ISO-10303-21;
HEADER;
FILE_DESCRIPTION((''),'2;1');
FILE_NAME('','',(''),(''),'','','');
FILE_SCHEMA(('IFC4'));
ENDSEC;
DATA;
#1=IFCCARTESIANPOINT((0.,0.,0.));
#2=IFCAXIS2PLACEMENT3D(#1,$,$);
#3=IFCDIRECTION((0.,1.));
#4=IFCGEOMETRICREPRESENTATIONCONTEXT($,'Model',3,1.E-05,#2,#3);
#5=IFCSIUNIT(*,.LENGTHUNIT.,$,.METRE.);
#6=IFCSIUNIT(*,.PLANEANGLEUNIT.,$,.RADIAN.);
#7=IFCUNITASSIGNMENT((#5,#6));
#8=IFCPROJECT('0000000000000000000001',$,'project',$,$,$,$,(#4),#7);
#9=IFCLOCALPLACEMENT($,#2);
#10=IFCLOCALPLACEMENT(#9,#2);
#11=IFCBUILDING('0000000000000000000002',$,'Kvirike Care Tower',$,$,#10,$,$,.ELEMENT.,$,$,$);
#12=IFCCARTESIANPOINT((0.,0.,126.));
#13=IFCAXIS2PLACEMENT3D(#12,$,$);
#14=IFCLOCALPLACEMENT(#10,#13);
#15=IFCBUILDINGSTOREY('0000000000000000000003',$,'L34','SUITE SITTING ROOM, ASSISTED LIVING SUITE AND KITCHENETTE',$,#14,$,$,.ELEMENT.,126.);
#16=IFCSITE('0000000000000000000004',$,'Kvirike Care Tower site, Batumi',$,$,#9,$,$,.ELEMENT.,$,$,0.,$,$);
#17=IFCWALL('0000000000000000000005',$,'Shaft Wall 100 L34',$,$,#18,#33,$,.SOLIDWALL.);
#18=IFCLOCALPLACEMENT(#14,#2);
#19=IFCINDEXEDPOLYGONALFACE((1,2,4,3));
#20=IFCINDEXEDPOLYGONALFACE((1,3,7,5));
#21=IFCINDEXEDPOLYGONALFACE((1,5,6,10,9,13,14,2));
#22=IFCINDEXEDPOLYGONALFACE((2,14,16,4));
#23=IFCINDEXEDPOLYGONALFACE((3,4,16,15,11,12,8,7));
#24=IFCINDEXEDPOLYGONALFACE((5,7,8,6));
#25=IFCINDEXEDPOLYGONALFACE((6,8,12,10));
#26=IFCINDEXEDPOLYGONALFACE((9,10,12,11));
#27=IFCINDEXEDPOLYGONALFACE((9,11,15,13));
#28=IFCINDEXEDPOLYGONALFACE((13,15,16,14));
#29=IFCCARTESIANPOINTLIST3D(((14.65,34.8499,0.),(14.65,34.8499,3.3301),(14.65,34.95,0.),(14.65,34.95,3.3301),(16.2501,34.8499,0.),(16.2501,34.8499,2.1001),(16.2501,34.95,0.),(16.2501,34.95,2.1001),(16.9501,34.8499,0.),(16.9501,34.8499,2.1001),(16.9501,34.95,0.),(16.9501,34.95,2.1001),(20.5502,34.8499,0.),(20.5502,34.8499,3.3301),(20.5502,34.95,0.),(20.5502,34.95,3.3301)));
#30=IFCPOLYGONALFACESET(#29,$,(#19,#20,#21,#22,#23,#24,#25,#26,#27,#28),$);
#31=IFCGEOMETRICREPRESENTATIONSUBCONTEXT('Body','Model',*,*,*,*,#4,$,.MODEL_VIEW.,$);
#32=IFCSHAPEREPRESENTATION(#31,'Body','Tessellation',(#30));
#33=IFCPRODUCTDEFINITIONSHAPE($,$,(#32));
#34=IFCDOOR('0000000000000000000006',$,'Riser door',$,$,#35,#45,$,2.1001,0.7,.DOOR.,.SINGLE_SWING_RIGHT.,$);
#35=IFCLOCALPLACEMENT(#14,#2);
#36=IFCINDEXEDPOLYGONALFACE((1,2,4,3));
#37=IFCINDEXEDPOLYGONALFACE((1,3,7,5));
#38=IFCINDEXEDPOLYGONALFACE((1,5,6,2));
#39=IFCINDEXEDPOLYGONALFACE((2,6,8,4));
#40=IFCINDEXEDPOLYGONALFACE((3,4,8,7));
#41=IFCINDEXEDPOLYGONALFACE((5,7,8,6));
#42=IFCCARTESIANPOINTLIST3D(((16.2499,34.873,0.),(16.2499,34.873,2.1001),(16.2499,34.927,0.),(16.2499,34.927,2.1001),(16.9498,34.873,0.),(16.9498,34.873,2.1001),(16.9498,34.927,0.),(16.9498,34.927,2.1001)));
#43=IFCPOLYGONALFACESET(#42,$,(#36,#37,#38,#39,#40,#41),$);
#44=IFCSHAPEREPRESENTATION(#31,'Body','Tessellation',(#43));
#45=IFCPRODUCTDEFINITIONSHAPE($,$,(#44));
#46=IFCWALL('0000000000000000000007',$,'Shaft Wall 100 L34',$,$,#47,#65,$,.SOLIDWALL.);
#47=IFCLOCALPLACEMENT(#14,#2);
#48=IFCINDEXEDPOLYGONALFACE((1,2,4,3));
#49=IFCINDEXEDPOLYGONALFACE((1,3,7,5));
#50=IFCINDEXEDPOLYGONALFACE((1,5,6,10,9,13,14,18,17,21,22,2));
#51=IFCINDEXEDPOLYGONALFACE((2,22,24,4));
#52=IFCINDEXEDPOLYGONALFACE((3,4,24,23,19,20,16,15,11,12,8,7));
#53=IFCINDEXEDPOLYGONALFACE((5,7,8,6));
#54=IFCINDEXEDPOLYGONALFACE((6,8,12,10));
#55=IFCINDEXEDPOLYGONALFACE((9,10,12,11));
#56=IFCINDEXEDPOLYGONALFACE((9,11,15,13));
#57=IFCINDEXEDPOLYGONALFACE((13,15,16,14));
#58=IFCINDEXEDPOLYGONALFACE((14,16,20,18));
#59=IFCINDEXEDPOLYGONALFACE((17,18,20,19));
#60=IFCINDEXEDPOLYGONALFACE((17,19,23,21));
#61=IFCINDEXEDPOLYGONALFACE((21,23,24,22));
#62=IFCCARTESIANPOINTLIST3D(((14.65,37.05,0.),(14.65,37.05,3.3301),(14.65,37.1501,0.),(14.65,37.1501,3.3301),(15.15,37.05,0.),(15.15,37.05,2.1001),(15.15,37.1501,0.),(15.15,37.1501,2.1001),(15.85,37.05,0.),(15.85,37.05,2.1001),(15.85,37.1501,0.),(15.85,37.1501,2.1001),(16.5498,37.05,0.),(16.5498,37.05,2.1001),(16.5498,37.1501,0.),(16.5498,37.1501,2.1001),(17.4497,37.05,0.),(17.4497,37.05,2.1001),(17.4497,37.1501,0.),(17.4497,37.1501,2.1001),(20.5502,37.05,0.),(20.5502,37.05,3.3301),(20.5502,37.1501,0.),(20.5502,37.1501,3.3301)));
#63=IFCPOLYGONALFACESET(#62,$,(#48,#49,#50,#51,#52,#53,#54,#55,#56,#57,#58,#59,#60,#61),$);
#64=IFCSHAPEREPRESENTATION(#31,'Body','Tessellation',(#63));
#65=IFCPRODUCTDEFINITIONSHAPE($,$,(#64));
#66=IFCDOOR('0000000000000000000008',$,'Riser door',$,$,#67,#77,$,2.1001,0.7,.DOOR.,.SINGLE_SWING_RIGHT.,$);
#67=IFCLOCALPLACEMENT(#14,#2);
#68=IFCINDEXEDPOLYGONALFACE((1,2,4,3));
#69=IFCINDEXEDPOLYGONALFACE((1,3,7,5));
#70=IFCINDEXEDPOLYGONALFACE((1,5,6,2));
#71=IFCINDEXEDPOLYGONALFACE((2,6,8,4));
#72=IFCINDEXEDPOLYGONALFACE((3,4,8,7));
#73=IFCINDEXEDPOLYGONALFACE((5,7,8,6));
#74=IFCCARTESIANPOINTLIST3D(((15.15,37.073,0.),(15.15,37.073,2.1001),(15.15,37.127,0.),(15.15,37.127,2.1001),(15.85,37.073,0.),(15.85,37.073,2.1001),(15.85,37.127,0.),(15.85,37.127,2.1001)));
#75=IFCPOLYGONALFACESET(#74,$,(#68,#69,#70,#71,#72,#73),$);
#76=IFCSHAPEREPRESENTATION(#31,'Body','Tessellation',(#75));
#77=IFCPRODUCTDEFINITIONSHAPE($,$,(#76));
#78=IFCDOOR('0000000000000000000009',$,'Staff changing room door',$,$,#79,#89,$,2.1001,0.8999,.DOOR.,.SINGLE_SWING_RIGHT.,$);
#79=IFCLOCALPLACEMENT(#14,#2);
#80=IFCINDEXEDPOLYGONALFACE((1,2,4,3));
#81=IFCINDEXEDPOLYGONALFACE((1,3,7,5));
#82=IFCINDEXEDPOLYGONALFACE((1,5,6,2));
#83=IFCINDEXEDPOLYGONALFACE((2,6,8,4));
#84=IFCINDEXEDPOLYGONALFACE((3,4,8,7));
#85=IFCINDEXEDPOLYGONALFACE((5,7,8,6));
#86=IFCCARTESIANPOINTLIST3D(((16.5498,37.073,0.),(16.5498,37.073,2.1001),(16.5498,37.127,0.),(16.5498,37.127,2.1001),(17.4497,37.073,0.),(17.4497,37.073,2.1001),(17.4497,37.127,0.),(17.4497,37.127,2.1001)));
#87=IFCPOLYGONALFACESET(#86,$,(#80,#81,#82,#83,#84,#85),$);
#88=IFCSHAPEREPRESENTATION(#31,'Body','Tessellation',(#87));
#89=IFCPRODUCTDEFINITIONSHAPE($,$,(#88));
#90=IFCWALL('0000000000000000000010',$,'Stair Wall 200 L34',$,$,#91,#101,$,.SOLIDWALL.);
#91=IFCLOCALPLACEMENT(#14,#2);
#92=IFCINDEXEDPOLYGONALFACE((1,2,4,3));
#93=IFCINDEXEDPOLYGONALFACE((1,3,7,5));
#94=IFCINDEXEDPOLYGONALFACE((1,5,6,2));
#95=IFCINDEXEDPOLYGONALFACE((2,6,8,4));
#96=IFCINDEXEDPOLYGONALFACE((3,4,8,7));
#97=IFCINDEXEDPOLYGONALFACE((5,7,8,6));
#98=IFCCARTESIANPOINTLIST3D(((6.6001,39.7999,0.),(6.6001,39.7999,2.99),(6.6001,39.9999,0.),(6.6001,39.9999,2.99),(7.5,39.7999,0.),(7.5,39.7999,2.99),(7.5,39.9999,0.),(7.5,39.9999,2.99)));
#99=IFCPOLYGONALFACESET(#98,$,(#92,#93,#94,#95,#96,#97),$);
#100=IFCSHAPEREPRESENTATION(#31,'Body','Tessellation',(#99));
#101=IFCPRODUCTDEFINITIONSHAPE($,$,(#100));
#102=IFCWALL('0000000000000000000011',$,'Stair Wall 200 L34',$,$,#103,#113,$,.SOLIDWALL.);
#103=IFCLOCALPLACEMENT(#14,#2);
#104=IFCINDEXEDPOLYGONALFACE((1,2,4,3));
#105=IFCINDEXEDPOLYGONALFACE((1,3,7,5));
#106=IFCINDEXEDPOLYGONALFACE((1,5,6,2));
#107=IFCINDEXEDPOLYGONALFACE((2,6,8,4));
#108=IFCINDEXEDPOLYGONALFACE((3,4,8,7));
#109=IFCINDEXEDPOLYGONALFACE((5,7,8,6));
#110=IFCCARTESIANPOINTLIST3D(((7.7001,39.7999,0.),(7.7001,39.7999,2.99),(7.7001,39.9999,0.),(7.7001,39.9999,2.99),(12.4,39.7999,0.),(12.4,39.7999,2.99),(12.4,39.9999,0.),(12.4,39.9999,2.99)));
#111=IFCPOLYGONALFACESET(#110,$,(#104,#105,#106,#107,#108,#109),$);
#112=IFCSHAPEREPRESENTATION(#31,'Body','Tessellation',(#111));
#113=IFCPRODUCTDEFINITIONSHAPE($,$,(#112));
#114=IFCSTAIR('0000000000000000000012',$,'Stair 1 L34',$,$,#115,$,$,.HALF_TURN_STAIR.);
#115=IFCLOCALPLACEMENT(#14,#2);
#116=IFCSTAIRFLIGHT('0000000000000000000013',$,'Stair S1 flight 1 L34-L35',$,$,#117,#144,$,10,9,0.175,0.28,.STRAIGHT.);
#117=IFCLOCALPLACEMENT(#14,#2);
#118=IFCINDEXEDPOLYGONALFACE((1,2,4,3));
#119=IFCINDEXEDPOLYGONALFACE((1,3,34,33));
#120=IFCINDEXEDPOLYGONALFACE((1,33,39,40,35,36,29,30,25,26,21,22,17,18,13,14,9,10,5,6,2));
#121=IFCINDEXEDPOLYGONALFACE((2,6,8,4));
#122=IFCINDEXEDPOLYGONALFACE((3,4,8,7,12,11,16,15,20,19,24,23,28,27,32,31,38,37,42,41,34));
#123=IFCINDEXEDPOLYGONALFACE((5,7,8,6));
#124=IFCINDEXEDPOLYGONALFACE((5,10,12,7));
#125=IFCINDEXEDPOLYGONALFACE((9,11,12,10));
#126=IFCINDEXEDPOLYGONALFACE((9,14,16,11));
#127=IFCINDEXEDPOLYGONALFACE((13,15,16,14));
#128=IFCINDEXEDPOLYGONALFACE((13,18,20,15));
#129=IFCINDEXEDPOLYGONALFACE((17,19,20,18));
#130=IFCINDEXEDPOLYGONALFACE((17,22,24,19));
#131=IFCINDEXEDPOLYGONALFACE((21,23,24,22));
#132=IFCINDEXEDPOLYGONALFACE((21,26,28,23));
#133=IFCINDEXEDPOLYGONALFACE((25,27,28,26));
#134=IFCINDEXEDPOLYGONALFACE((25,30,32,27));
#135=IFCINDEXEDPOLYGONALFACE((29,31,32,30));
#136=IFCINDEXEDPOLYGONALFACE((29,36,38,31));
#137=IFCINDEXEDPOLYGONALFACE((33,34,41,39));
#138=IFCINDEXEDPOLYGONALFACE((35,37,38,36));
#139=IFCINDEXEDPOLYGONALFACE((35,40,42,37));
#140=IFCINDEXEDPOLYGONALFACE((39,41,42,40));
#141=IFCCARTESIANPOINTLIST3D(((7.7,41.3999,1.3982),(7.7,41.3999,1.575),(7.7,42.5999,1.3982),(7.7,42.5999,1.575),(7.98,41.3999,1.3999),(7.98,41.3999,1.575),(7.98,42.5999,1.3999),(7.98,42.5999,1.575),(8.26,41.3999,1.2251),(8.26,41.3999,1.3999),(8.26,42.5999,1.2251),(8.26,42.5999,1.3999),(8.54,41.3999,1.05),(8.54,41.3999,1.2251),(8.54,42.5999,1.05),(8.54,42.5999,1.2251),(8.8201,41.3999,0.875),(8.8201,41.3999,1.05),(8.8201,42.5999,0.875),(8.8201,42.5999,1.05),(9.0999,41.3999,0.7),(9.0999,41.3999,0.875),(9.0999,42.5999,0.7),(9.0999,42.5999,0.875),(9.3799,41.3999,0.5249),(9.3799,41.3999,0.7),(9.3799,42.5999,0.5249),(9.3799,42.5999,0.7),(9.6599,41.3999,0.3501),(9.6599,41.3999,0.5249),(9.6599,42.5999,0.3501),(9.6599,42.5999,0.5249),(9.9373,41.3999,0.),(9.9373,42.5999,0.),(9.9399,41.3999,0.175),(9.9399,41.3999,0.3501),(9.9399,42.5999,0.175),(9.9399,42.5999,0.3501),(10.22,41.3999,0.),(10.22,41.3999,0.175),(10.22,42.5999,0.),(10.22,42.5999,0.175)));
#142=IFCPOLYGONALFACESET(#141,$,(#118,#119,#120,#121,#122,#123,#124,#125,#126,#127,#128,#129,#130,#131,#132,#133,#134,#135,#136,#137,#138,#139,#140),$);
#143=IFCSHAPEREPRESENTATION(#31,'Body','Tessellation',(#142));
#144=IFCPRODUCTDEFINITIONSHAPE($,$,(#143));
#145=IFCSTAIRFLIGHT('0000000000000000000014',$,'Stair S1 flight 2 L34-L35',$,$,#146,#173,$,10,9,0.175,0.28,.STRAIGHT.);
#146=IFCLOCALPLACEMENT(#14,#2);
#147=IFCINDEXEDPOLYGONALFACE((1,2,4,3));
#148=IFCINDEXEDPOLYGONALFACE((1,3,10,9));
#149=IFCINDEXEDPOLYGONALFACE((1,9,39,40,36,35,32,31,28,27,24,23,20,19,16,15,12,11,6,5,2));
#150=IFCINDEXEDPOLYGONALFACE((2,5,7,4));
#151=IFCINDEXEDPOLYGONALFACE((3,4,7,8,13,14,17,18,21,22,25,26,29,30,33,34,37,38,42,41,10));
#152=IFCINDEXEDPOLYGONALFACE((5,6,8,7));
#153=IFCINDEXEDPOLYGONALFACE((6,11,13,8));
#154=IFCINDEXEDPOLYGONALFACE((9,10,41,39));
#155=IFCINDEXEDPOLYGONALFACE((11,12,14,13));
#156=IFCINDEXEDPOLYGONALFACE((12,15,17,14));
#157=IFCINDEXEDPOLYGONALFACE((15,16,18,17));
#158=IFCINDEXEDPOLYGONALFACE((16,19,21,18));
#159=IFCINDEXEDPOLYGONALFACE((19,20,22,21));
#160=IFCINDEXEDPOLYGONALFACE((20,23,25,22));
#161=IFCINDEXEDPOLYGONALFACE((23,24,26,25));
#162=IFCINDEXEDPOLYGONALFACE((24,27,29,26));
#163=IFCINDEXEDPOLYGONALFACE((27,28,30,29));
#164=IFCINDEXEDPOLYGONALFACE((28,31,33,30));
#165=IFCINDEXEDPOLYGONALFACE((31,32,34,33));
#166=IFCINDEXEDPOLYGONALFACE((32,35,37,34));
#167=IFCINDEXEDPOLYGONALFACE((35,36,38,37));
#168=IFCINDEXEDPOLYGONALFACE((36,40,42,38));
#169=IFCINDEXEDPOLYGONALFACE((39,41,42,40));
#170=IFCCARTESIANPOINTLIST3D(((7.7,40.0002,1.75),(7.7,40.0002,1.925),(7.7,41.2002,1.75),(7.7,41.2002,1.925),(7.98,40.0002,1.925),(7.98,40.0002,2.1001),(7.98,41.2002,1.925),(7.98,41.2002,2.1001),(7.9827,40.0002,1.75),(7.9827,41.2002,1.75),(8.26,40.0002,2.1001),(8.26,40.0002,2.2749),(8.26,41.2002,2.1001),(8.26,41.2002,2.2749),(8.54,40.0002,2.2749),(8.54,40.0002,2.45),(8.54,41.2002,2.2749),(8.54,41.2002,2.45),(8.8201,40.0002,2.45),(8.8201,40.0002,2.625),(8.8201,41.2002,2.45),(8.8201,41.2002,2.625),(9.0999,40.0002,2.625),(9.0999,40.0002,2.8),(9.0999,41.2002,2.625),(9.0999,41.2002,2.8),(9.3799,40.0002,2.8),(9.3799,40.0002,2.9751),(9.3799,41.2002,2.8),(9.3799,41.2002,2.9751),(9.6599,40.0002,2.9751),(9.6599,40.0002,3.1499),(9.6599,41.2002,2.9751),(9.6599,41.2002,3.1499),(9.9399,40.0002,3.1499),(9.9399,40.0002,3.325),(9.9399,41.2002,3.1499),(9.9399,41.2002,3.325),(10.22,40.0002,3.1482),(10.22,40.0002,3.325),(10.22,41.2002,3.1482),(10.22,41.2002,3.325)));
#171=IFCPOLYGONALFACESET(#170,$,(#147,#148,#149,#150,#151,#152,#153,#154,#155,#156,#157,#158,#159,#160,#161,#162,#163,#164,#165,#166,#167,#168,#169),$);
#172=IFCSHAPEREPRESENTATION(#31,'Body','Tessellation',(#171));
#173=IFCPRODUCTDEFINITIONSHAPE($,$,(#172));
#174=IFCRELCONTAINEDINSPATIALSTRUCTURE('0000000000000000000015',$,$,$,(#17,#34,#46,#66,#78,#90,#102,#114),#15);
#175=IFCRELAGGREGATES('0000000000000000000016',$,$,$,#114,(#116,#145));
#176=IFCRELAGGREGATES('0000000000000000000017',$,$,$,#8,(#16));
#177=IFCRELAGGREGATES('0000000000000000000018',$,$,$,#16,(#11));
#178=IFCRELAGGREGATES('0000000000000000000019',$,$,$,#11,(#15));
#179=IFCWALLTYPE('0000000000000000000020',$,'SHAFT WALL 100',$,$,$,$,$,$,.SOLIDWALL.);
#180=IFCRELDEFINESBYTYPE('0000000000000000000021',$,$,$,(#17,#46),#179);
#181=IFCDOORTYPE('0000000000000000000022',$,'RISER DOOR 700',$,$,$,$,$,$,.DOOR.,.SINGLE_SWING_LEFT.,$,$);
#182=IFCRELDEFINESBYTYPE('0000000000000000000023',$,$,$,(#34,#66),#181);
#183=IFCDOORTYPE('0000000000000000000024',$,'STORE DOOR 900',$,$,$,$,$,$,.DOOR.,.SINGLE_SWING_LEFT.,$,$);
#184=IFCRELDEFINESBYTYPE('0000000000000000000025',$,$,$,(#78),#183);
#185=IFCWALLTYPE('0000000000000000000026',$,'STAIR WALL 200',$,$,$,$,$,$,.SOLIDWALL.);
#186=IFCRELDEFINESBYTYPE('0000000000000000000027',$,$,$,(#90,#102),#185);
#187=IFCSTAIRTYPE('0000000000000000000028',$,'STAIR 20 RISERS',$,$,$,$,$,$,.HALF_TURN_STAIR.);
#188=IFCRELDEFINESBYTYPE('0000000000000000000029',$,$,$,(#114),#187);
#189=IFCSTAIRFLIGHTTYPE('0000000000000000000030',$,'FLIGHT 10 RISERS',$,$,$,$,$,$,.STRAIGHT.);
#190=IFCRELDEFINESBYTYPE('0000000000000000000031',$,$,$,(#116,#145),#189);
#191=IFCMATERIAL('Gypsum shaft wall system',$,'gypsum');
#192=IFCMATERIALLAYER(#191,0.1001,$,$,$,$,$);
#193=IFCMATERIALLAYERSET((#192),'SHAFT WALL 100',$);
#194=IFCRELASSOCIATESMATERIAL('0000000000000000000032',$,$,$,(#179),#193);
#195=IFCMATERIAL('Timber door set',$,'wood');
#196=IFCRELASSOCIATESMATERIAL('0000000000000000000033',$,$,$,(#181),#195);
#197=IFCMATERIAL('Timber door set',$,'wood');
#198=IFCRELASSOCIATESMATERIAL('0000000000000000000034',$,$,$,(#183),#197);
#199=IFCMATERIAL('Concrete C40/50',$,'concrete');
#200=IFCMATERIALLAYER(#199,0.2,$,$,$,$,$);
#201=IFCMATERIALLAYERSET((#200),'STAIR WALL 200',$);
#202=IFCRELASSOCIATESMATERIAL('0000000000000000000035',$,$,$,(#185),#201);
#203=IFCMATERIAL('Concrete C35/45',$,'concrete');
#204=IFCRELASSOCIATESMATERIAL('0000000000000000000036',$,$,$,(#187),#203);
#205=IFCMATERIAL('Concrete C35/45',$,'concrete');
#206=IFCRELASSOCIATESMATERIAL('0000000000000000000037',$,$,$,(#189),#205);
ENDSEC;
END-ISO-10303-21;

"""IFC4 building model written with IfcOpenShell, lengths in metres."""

from ifc_helpers import new_model, si_unit, direction, frame, frame_2d, origin, place, context, subcontext, project, spatial, polyline, rectangle, outline, extrude, material, layer, layer_set, type_object, element, fill, aggregate, save


model = new_model("IFC4")

# Units and contexts
model_context = context("Model", 3, precision=1e-05, world=origin(), true_north=direction((0.0, 1.0)))
body_context = subcontext(model_context, "Body", "Model", "MODEL_VIEW")
ifc_project = project(units=[si_unit("LENGTHUNIT", "METRE"), si_unit("PLANEANGLEUNIT", "RADIAN")], contexts=[model_context])

# Site, building, storey
site_placement = place(None, origin())
site = spatial("IfcSite", under=ifc_project, at=site_placement, Name="Kvirike Care Tower site, Batumi", CompositionType="ELEMENT", RefElevation=0.0)
building_placement = place(site_placement, origin())
building = spatial("IfcBuilding", under=site, at=building_placement, Name="Kvirike Care Tower", CompositionType="ELEMENT")
storey_placement = place(building_placement, frame((0.0, 0.0, 126.0)))
storey = spatial("IfcBuildingStorey", under=building, at=storey_placement, Name="L34", Description="SUITE SITTING ROOM, ASSISTED LIVING SUITE AND KITCHENETTE", CompositionType="ELEMENT", Elevation=126.0)

# Wall, opening, door
ifc_material_1 = material(Name="Gypsum shaft wall system", Category="gypsum")
ifc_layer_1 = layer(ifc_material_1, 0.1001)
ifc_layer_set_1 = layer_set([ifc_layer_1], Name="SHAFT WALL 100")
wall_type_1 = type_object("IfcWallType", Name="SHAFT WALL 100", PredefinedType="SOLIDWALL", material=ifc_layer_set_1)
wall_1_placement = place(storey_placement, frame((14.6499, 34.8999, 0.0), z_axis=(0.0, 0.0, 1.0), x_axis=(1.0, 0.0, 0.0)))
wall_1 = element("IfcWall", 1, at=wall_1_placement, inside=storey, type_object=wall_type_1, Name="Shaft Wall 100 L34", PredefinedType="SOLIDWALL", context=body_context, shape_type="SweptSolid", body=[
    extrude(rectangle(XDim=5.9001, YDim=0.1001, at=frame_2d((2.9502, 0.0))), origin(), (0.0, 0.0, 1.0), 3.3301),
])
opening_1_placement = place(wall_1_placement, frame((1.6001, 0.0, 0.0)))
opening_1 = element("IfcOpeningElement", 2, at=opening_1_placement, cuts=wall_1, PredefinedType="OPENING", context=body_context, shape_type="SweptSolid", body=[
    extrude(rectangle(XDim=0.7, YDim=2.1001, at=frame_2d((0.3501, 1.05))), frame((0.0, 0.0605, 0.0), z_axis=(0.0, -1.0, 0.0), x_axis=(1.0, 0.0, 0.0)), (0.0, 0.0, 1.0), 0.1211),
])
ifc_material_2 = material(Name="Timber door set", Category="wood")
door_type_1 = type_object("IfcDoorType", Name="RISER DOOR 700", OperationType="SINGLE_SWING_LEFT", PredefinedType="DOOR", material=ifc_material_2)
door_1_placement = place(opening_1_placement, frame((0.7, 0.0, 0.0), z_axis=(0.0, 0.0, 1.0), x_axis=(-1.0, 0.0, 0.0)))
door_1 = element("IfcDoor", 3, at=door_1_placement, inside=storey, type_object=door_type_1, Name="Riser door", OperationType="SINGLE_SWING_RIGHT", OverallHeight=2.1001, OverallWidth=0.7, PredefinedType="DOOR", context=body_context, shape_type="SweptSolid", body=[
    extrude(rectangle(XDim=0.7, YDim=2.1001, at=frame_2d((0.3501, 1.05))), frame((0.0, 0.0269, 0.0), z_axis=(0.0, -1.0, 0.0), x_axis=(1.0, 0.0, 0.0)), (0.0, 0.0, 1.0), 0.054),
])
fill(opening_1, door_1)

# Wall, openings, doors
wall_2_placement = place(storey_placement, frame((14.6499, 37.1001, 0.0), z_axis=(0.0, 0.0, 1.0), x_axis=(1.0, 0.0, 0.0)))
wall_2 = element("IfcWall", 4, at=wall_2_placement, inside=storey, type_object=wall_type_1, Name="Shaft Wall 100 L34", PredefinedType="SOLIDWALL", context=body_context, shape_type="SweptSolid", body=[
    extrude(rectangle(XDim=5.9001, YDim=0.1001, at=frame_2d((2.9502, 0.0))), origin(), (0.0, 0.0, 1.0), 3.3301),
])
opening_2_placement = place(wall_2_placement, frame((0.5, 0.0, 0.0)))
opening_2 = element("IfcOpeningElement", 5, at=opening_2_placement, cuts=wall_2, PredefinedType="OPENING", context=body_context, shape_type="SweptSolid", body=[
    extrude(rectangle(XDim=0.7, YDim=2.1001, at=frame_2d((0.3501, 1.05))), frame((0.0, 0.0605, 0.0), z_axis=(0.0, -1.0, 0.0), x_axis=(1.0, 0.0, 0.0)), (0.0, 0.0, 1.0), 0.1211),
])
opening_3_placement = place(wall_2_placement, frame((1.8999, 0.0, 0.0)))
opening_3 = element("IfcOpeningElement", 6, at=opening_3_placement, cuts=wall_2, PredefinedType="OPENING", context=body_context, shape_type="SweptSolid", body=[
    extrude(rectangle(XDim=0.8999, YDim=2.1001, at=frame_2d((0.45, 1.05))), frame((0.0, 0.0605, 0.0), z_axis=(0.0, -1.0, 0.0), x_axis=(1.0, 0.0, 0.0)), (0.0, 0.0, 1.0), 0.1211),
])
door_2_placement = place(opening_2_placement, origin())
door_2 = element("IfcDoor", 7, at=door_2_placement, inside=storey, type_object=door_type_1, Name="Riser door", OperationType="SINGLE_SWING_RIGHT", OverallHeight=2.1001, OverallWidth=0.7, PredefinedType="DOOR", context=body_context, shape_type="SweptSolid", body=[
    extrude(rectangle(XDim=0.7, YDim=2.1001, at=frame_2d((0.3501, 1.05))), frame((0.0, 0.0269, 0.0), z_axis=(0.0, -1.0, 0.0), x_axis=(1.0, 0.0, 0.0)), (0.0, 0.0, 1.0), 0.054),
])
fill(opening_2, door_2)
ifc_material_3 = material(Name="Timber door set", Category="wood")
door_type_2 = type_object("IfcDoorType", Name="STORE DOOR 900", OperationType="SINGLE_SWING_LEFT", PredefinedType="DOOR", material=ifc_material_3)
door_3_placement = place(opening_3_placement, origin())
door_3 = element("IfcDoor", 8, at=door_3_placement, inside=storey, type_object=door_type_2, Name="Staff changing room door", OperationType="SINGLE_SWING_RIGHT", OverallHeight=2.1001, OverallWidth=0.8999, PredefinedType="DOOR", context=body_context, shape_type="SweptSolid", body=[
    extrude(rectangle(XDim=0.8999, YDim=2.1001, at=frame_2d((0.45, 1.05))), frame((0.0, 0.0269, 0.0), z_axis=(0.0, -1.0, 0.0), x_axis=(1.0, 0.0, 0.0)), (0.0, 0.0, 1.0), 0.054),
])
fill(opening_3, door_3)

# Walls
ifc_material_4 = material(Name="Concrete C40/50", Category="concrete")
ifc_layer_2 = layer(ifc_material_4, 0.2)
ifc_layer_set_2 = layer_set([ifc_layer_2], Name="STAIR WALL 200")
wall_type_2 = type_object("IfcWallType", Name="STAIR WALL 200", PredefinedType="SOLIDWALL", material=ifc_layer_set_2)
wall_3_placement = place(storey_placement, frame((6.6001, 39.8999, 0.0), z_axis=(0.0, 0.0, 1.0), x_axis=(1.0, 0.0, 0.0)))
element("IfcWall", 9, at=wall_3_placement, inside=storey, type_object=wall_type_2, Name="Stair Wall 200 L34", PredefinedType="SOLIDWALL", context=body_context, shape_type="SweptSolid", body=[
    extrude(rectangle(XDim=0.8999, YDim=0.2, at=frame_2d((0.45, 0.0))), origin(), (0.0, 0.0, 1.0), 2.99),
])
wall_4_placement = place(storey_placement, frame((7.7, 39.8999, 0.0), z_axis=(0.0, 0.0, 1.0), x_axis=(1.0, 0.0, 0.0)))
element("IfcWall", 10, at=wall_4_placement, inside=storey, type_object=wall_type_2, Name="Stair Wall 200 L34", PredefinedType="SOLIDWALL", context=body_context, shape_type="SweptSolid", body=[
    extrude(rectangle(XDim=4.7, YDim=0.2, at=frame_2d((2.3501, 0.0))), origin(), (0.0, 0.0, 1.0), 2.99),
])

# Stair, stair flights
ifc_material_5 = material(Name="Concrete C35/45", Category="concrete")
stair_type = type_object("IfcStairType", Name="STAIR 20 RISERS", PredefinedType="HALF_TURN_STAIR", material=ifc_material_5)
stair_placement = place(storey_placement, origin())
stair = element("IfcStair", 11, at=stair_placement, inside=storey, type_object=stair_type, Name="Stair 1 L34", PredefinedType="HALF_TURN_STAIR")
ifc_material_6 = material(Name="Concrete C35/45", Category="concrete")
stair_flight_type = type_object("IfcStairFlightType", Name="FLIGHT 10 RISERS", PredefinedType="STRAIGHT", material=ifc_material_6)
stair_flight_1_placement = place(storey_placement, frame((10.22, 42.0, 0.0), z_axis=(0.0, 0.0, 1.0), x_axis=(-1.0, 0.0, 0.0)))
stair_flight_1 = element("IfcStairFlight", 12, at=stair_flight_1_placement, type_object=stair_flight_type, Name="Stair S1 flight 1 L34-L35", NumberOfRisers=10, NumberOfTreads=9, PredefinedType="STRAIGHT", RiserHeight=0.175, TreadLength=0.28, context=body_context, shape_type="SweptSolid", body=[
    extrude(outline(polyline([(0.0, 0.0), (0.0, 0.175), (0.28, 0.175), (0.28, 0.3501), (0.5601, 0.3501), (0.5601, 0.5249), (0.8401, 0.5249), (0.8401, 0.7), (1.1201, 0.7), (1.1201, 0.875), (1.3999, 0.875), (1.3999, 1.05), (1.6799, 1.05), (1.6799, 1.2251), (1.96, 1.2251), (1.96, 1.3999), (2.24, 1.3999), (2.24, 1.575), (2.52, 1.575), (2.52, 1.75), (2.52, 1.3982), (0.2827, 0.0), (0.0, 0.0)])), frame((0.0, 0.6001, 0.0), z_axis=(0.0, -1.0, 0.0), x_axis=(1.0, 0.0, 0.0)), (0.0, 0.0, 1.0), 1.2),
])
stair_flight_2_placement = place(storey_placement, frame((7.7, 40.6001, 1.75), z_axis=(0.0, 0.0, 1.0), x_axis=(1.0, 0.0, 0.0)))
stair_flight_2 = element("IfcStairFlight", 13, at=stair_flight_2_placement, type_object=stair_flight_type, Name="Stair S1 flight 2 L34-L35", NumberOfRisers=10, NumberOfTreads=9, PredefinedType="STRAIGHT", RiserHeight=0.175, TreadLength=0.28, context=body_context, shape_type="SweptSolid", body=[
    extrude(outline(polyline([(0.0, 0.0), (0.0, 0.175), (0.28, 0.175), (0.28, 0.3501), (0.5601, 0.3501), (0.5601, 0.5249), (0.8401, 0.5249), (0.8401, 0.7), (1.1201, 0.7), (1.1201, 0.875), (1.3999, 0.875), (1.3999, 1.05), (1.6799, 1.05), (1.6799, 1.2251), (1.96, 1.2251), (1.96, 1.3999), (2.24, 1.3999), (2.24, 1.575), (2.52, 1.575), (2.52, 1.75), (2.52, 1.3982), (0.2827, 0.0), (0.0, 0.0)])), frame((0.0, 0.6001, 0.0), z_axis=(0.0, -1.0, 0.0), x_axis=(1.0, 0.0, 0.0)), (0.0, 0.0, 1.0), 1.2),
])
aggregate(stair, [stair_flight_1, stair_flight_2])

save(model, "model.ifc")
